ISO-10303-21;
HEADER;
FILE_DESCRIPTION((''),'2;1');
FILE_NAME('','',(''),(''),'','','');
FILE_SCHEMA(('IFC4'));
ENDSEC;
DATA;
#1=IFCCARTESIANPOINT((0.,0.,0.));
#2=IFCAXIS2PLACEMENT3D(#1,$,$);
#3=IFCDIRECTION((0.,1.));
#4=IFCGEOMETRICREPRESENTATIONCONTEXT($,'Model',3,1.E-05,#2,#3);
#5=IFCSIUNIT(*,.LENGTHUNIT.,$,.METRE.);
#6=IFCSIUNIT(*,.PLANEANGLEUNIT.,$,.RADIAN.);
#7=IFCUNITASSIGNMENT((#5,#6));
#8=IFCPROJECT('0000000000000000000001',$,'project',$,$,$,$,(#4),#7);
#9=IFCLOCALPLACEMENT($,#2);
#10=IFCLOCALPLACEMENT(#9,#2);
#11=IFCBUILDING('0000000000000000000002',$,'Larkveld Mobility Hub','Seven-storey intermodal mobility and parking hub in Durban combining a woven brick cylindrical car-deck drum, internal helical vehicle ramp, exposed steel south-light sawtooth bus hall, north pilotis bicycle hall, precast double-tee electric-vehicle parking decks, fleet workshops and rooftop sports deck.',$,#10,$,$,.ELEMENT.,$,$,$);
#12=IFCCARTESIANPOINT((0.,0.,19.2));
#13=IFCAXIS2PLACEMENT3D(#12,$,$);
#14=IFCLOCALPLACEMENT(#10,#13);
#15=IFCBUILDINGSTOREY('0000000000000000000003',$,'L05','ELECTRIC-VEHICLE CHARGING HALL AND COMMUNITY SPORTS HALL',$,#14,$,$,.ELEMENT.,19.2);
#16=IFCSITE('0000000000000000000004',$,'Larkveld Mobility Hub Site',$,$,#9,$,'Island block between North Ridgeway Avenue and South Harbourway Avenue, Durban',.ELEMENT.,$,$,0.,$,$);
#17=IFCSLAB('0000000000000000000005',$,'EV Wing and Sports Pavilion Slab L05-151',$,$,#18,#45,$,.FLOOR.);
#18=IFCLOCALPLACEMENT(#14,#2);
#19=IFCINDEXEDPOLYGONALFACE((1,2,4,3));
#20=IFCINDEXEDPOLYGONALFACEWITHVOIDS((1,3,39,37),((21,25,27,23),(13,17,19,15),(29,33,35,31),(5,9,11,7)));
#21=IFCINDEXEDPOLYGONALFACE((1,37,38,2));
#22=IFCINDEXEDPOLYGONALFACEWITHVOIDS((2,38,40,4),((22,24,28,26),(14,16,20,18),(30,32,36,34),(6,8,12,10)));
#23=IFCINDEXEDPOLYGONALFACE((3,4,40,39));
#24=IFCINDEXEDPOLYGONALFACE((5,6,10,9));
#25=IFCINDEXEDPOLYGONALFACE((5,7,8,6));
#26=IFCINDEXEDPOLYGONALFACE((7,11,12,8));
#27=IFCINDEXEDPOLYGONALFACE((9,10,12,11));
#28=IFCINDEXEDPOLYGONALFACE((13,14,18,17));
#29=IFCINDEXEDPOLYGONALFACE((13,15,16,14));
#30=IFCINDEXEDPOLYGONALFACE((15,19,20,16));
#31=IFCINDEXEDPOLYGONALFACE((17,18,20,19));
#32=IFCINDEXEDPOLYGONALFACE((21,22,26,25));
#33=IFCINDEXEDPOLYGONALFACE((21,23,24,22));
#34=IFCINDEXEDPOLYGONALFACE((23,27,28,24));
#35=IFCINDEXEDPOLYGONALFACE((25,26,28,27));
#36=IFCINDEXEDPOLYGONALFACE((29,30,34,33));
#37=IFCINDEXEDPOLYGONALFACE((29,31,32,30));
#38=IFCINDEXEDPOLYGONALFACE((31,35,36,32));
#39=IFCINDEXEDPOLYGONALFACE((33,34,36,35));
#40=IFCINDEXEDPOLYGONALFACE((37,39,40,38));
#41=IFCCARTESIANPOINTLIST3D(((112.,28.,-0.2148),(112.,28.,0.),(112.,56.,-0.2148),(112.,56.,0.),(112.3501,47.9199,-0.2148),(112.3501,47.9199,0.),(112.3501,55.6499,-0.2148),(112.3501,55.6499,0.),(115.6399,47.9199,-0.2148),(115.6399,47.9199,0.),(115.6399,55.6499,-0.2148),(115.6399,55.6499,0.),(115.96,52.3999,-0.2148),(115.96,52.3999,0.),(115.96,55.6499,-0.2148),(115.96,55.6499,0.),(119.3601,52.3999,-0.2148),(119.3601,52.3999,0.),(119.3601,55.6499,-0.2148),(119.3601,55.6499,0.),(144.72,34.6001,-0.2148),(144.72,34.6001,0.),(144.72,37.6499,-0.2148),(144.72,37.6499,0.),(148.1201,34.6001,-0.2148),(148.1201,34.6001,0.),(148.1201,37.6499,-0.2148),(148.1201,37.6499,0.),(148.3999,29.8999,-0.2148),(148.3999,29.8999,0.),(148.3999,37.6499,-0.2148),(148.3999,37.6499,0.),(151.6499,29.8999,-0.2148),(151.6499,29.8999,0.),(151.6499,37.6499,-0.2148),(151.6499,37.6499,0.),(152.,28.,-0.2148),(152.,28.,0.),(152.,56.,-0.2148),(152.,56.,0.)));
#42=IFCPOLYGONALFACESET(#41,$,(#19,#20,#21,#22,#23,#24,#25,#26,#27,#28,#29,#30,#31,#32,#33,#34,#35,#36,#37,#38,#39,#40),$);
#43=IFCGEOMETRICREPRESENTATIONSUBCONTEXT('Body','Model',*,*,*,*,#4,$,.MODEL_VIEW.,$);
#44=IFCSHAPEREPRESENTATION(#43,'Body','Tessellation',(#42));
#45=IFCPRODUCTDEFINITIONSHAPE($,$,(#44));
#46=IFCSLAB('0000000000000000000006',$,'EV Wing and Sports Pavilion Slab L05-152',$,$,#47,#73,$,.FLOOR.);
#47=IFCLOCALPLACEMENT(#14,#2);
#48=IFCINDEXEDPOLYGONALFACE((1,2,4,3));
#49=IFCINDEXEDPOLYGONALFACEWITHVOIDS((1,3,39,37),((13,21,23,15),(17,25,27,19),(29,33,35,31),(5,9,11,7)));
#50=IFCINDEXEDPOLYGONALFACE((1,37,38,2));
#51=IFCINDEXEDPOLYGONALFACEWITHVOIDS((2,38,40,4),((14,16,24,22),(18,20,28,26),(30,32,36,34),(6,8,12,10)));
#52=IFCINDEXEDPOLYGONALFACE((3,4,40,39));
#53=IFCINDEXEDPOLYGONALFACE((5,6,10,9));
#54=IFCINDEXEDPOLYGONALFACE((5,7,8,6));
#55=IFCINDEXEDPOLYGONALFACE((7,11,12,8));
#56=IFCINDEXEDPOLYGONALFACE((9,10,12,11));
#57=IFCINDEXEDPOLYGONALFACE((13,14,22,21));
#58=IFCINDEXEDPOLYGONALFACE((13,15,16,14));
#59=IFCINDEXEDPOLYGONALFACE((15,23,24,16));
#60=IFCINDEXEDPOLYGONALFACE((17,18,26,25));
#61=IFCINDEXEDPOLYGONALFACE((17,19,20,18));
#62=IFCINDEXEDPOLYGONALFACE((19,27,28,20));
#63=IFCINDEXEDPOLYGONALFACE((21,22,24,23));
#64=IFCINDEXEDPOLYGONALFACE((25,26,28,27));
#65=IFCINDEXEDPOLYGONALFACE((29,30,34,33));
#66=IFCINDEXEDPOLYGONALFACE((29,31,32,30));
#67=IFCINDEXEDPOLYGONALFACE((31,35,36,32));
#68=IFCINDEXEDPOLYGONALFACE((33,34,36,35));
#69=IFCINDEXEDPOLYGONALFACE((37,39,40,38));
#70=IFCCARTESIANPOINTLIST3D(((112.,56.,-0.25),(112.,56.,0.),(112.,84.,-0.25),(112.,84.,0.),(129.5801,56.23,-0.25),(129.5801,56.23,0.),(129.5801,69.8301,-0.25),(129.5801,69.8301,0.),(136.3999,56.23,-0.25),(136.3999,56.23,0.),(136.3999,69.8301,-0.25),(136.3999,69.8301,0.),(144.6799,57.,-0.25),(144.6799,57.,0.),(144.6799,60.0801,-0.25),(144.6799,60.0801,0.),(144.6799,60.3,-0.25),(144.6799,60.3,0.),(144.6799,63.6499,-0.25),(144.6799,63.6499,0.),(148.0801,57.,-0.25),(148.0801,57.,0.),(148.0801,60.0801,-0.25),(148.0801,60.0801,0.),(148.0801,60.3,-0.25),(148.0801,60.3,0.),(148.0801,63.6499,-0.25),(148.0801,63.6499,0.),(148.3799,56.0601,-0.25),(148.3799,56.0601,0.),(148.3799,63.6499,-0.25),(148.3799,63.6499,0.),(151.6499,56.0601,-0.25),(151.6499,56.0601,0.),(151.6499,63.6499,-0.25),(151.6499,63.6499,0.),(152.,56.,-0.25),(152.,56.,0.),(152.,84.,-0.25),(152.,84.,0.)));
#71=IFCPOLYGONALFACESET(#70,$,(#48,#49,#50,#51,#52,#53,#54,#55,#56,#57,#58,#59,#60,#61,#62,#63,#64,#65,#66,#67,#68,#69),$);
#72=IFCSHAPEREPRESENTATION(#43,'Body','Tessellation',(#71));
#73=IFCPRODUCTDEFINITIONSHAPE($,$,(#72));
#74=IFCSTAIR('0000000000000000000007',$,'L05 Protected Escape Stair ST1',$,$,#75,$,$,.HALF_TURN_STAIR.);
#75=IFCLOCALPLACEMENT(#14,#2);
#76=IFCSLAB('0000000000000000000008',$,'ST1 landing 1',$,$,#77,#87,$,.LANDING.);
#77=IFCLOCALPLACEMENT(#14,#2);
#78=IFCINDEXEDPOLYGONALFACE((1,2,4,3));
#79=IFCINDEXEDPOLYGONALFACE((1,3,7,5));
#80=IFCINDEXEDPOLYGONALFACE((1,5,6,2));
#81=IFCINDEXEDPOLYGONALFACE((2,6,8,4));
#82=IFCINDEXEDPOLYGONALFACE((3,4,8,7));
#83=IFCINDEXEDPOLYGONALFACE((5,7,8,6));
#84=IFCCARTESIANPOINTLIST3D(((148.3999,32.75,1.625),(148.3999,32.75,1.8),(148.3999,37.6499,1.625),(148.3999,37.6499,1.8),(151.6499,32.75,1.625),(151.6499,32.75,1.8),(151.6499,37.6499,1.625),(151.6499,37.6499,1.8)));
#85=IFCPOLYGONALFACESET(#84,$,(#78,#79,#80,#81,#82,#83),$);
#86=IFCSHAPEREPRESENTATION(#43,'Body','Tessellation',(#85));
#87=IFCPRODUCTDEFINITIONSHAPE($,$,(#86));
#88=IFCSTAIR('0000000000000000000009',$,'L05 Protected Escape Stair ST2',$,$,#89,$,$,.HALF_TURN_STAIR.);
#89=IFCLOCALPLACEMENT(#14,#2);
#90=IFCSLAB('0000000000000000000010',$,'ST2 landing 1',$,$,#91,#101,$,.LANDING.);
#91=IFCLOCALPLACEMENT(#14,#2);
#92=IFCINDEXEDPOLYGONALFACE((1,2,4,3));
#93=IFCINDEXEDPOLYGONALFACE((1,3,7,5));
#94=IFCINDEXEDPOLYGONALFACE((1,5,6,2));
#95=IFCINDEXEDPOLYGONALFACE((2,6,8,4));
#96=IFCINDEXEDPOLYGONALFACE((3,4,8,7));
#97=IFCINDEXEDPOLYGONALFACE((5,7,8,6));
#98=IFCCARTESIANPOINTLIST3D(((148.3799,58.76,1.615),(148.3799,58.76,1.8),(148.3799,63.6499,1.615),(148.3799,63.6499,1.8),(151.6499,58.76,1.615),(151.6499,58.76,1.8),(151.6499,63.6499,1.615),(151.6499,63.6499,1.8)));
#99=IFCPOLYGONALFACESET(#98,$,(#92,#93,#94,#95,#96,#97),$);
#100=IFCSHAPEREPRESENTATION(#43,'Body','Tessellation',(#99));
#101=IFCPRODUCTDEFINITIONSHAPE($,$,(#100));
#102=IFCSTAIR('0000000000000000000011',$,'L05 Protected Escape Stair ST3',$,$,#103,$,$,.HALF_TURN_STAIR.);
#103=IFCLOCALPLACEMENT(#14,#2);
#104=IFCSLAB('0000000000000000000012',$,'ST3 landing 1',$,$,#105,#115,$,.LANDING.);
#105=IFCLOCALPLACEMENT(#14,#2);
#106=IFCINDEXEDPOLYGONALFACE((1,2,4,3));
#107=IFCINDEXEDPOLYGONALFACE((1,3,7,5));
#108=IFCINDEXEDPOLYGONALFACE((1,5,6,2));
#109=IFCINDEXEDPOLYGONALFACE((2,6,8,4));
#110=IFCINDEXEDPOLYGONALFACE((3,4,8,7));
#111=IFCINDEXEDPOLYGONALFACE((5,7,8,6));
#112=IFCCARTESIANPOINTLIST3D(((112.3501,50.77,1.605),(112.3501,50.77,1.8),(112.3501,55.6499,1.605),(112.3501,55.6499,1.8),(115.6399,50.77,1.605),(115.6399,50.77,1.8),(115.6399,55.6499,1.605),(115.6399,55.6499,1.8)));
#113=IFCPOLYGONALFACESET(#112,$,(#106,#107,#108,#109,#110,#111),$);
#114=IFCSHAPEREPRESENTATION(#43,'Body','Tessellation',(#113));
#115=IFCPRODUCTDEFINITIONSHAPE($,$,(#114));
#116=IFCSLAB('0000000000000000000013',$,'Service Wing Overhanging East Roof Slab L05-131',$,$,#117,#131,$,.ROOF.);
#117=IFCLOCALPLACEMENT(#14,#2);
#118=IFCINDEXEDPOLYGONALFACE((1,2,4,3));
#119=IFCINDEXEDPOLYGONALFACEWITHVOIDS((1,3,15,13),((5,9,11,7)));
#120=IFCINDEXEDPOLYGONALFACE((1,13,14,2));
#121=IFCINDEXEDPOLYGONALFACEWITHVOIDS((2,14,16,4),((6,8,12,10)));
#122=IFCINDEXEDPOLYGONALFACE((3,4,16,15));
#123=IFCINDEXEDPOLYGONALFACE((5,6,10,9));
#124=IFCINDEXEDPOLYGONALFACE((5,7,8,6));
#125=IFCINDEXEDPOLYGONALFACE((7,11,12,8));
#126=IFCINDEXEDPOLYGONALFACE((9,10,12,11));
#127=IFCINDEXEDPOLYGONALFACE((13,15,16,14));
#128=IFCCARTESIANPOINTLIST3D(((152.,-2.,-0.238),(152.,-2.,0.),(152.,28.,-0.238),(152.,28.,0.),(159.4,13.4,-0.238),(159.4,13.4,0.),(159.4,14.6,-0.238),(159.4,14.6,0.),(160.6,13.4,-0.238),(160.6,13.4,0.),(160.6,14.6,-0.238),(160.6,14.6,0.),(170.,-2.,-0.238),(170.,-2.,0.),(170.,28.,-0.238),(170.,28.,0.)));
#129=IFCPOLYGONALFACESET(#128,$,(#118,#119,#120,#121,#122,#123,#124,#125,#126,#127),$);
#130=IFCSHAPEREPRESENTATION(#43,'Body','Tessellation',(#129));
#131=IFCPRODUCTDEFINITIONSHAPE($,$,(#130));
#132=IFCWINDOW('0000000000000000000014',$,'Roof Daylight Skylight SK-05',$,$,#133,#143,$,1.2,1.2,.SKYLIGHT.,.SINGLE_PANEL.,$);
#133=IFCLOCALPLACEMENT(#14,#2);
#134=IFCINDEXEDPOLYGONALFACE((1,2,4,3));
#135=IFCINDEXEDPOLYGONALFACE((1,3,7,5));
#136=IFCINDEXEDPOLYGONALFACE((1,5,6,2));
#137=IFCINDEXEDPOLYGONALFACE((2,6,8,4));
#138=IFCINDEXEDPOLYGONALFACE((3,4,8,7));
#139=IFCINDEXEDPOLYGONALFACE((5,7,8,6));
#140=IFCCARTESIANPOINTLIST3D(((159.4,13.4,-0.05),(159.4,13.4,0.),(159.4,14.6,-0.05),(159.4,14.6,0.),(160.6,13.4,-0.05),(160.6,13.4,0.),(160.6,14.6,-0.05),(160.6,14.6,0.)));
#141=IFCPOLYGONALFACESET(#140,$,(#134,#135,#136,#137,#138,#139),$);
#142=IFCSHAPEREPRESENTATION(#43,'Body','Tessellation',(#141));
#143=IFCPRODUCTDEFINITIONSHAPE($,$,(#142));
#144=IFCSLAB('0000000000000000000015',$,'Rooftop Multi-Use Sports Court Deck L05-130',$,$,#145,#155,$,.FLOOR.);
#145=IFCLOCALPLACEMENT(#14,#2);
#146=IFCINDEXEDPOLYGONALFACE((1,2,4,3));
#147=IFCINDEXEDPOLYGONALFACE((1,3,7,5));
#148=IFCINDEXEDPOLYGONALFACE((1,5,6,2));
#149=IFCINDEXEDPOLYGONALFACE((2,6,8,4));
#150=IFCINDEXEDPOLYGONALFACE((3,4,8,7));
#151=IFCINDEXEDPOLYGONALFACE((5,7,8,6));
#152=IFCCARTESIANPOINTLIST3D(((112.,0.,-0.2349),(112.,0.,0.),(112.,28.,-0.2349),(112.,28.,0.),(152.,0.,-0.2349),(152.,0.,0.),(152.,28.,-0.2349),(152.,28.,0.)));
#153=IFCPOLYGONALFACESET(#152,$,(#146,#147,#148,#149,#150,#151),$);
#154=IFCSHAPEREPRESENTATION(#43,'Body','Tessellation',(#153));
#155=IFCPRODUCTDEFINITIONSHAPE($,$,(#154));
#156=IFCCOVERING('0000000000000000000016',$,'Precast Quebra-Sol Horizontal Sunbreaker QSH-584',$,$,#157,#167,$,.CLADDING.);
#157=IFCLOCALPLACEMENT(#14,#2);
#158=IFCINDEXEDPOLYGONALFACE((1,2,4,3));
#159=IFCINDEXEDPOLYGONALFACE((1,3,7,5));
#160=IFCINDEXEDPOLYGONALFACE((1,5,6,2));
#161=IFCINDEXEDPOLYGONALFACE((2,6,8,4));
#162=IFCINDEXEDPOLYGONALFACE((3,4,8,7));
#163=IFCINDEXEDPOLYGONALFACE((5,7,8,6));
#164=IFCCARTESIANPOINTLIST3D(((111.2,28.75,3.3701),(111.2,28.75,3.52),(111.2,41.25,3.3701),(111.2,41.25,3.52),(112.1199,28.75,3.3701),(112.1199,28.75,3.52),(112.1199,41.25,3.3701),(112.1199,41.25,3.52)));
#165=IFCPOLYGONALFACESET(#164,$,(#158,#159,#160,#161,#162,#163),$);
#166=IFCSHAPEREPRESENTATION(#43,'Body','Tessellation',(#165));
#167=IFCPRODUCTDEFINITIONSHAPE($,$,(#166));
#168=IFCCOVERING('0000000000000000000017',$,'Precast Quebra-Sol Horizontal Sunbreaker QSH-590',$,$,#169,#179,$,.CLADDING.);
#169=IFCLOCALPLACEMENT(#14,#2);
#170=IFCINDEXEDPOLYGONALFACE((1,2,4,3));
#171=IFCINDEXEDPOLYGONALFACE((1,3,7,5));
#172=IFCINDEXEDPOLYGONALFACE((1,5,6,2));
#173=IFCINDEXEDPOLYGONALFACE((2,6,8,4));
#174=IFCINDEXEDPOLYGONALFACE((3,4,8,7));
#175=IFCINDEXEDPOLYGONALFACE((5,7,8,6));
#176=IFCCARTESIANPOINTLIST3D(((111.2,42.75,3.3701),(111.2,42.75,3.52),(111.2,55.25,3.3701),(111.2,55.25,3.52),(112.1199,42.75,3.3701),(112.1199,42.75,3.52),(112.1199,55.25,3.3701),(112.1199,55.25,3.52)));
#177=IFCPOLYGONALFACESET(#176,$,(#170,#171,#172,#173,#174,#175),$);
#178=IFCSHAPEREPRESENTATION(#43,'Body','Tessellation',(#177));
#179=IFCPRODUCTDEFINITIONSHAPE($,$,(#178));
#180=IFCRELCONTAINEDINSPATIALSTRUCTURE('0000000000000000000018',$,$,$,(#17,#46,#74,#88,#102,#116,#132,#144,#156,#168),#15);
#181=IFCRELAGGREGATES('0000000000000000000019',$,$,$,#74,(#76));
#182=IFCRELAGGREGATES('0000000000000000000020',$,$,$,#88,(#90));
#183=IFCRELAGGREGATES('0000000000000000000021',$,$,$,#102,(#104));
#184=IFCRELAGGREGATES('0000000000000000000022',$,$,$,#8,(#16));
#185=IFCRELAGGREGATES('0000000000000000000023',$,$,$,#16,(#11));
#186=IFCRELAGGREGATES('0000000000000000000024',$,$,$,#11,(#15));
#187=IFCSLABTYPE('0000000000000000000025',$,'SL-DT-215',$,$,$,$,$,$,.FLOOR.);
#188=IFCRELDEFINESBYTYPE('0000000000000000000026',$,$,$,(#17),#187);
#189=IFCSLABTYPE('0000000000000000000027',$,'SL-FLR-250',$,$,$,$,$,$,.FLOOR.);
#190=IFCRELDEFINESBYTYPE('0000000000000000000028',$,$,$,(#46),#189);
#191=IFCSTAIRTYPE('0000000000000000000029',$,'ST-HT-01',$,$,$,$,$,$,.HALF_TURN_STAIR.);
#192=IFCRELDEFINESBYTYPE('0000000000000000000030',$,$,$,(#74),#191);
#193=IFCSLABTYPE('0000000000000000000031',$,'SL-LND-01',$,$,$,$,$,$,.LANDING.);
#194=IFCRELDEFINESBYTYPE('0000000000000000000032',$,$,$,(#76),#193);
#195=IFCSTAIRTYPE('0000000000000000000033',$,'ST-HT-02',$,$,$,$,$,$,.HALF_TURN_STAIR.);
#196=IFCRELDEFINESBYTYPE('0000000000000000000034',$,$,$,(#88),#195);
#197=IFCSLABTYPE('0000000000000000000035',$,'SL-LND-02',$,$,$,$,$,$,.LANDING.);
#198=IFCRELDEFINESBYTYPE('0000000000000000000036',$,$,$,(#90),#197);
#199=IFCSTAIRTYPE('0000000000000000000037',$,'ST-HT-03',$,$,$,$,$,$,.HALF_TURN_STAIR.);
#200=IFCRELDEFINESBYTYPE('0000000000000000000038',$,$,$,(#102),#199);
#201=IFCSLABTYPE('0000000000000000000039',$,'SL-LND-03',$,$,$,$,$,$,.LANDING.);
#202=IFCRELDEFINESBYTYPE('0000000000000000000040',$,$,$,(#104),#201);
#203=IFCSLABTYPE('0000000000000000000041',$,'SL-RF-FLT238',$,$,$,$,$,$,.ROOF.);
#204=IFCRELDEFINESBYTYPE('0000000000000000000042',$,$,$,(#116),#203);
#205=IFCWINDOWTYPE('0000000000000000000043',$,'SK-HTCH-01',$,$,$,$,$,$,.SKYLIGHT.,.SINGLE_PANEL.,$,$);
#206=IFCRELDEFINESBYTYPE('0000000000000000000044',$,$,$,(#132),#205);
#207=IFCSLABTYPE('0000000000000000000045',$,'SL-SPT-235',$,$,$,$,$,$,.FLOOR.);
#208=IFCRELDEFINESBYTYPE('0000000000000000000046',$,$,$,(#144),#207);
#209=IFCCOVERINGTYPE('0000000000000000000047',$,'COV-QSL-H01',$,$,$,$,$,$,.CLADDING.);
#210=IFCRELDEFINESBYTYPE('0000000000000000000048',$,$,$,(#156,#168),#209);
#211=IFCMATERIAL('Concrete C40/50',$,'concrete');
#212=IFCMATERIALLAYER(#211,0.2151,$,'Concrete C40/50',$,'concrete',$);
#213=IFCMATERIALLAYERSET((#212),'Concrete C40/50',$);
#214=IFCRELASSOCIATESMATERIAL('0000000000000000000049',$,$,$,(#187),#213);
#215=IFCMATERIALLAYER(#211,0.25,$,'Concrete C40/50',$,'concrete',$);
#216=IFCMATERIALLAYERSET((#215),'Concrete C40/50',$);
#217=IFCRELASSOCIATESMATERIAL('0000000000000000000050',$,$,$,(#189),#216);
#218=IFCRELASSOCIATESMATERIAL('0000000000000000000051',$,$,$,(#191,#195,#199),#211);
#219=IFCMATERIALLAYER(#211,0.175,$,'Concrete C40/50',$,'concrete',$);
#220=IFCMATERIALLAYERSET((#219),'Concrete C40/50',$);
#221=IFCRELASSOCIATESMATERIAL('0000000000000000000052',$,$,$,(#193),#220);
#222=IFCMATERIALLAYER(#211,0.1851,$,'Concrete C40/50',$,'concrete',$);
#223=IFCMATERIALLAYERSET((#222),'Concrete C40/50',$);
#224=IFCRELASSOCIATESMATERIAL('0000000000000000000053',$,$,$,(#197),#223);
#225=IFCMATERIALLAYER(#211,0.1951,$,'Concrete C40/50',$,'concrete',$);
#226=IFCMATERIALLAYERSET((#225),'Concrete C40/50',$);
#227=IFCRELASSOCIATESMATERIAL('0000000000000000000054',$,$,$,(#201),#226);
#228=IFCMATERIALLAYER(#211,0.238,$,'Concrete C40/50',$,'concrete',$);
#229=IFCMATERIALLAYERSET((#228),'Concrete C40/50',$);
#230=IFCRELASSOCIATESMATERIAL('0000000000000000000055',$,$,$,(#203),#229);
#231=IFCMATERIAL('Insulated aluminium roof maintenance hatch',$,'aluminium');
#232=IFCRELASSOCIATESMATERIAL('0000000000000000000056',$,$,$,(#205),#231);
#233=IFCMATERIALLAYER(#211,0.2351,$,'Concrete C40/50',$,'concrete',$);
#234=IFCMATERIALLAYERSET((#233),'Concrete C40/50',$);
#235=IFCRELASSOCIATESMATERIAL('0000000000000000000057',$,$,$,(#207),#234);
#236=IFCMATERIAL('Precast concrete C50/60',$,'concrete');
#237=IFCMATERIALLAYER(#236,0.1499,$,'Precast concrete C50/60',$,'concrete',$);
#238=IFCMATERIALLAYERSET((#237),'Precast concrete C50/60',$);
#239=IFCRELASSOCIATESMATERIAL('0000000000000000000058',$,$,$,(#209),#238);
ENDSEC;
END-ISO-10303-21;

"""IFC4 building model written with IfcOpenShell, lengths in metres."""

from ifc_helpers import new_model, si_unit, direction, frame, origin, origin_2d, place, context, subcontext, project, spatial, polyline, rectangle, outline, extrude, material, layer, layer_set, type_object, element, fill, aggregate, save


model = new_model("IFC4")

# Units and contexts
model_context = context("Model", 3, precision=1e-05, world=origin(), true_north=direction((0.0, 1.0)))
body_context = subcontext(model_context, "Body", "Model", "MODEL_VIEW")
ifc_project = project(units=[si_unit("LENGTHUNIT", "METRE"), si_unit("PLANEANGLEUNIT", "RADIAN")], contexts=[model_context])

# Site, building, storey
site_placement = place(None, origin())
site = spatial("IfcSite", under=ifc_project, at=site_placement, Name="Larkveld Mobility Hub Site", LongName="Island block between North Ridgeway Avenue and South Harbourway Avenue, Durban", CompositionType="ELEMENT", RefElevation=0.0)
building_placement = place(site_placement, origin())
building = spatial("IfcBuilding", under=site, at=building_placement, Name="Larkveld Mobility Hub", Description="Seven-storey intermodal mobility and parking hub in Durban combining a woven brick cylindrical car-deck drum, internal helical vehicle ramp, exposed steel south-light sawtooth bus hall, north pilotis bicycle hall, precast double-tee electric-vehicle parking decks, fleet workshops and rooftop sports deck.", CompositionType="ELEMENT")
storey_placement = place(building_placement, frame((0.0, 0.0, 19.2)))
storey = spatial("IfcBuildingStorey", under=building, at=storey_placement, Name="L05", Description="ELECTRIC-VEHICLE CHARGING HALL AND COMMUNITY SPORTS HALL", CompositionType="ELEMENT", Elevation=19.2)

# Slabs
ifc_material_1 = material(Name="Concrete C40/50", Category="concrete")
ifc_layer_1 = layer(ifc_material_1, 0.2151, Name="Concrete C40/50", Category="concrete")
ifc_layer_set_1 = layer_set([ifc_layer_1], Name="Concrete C40/50")
slab_type_1 = type_object("IfcSlabType", Name="SL-DT-215", PredefinedType="FLOOR", material=ifc_layer_set_1)
slab_1_placement = place(storey_placement, frame((0.0, 0.0, -0.2148)))
element("IfcSlab", 1, at=slab_1_placement, inside=storey, type_object=slab_type_1, Name="EV Wing and Sports Pavilion Slab L05-151", PredefinedType="FLOOR", context=body_context, shape_type="SweptSolid", body=[
    extrude(outline(polyline([(112.0, 28.0), (152.0, 28.0), (152.0, 56.0), (112.0, 56.0), (112.0, 28.0)]), holes=[polyline([(148.3999, 29.8999), (148.3999, 37.6499), (151.6499, 37.6499), (151.6499, 29.8999), (148.3999, 29.8999)]), polyline([(144.72, 34.6001), (144.72, 37.6499), (148.1201, 37.6499), (148.1201, 34.6001), (144.72, 34.6001)]), polyline([(112.3501, 47.9199), (112.3501, 55.6499), (115.6399, 55.6499), (115.6399, 47.9199), (112.3501, 47.9199)]), polyline([(115.96, 52.3999), (115.96, 55.6499), (119.3601, 55.6499), (119.3601, 52.3999), (115.96, 52.3999)])]), origin(), (0.0, 0.0, 1.0), 0.2148),
])
ifc_layer_2 = layer(ifc_material_1, 0.25, Name="Concrete C40/50", Category="concrete")
ifc_layer_set_2 = layer_set([ifc_layer_2], Name="Concrete C40/50")
slab_type_2 = type_object("IfcSlabType", Name="SL-FLR-250", PredefinedType="FLOOR", material=ifc_layer_set_2)
slab_2_placement = place(storey_placement, frame((0.0, 0.0, -0.25)))
element("IfcSlab", 2, at=slab_2_placement, inside=storey, type_object=slab_type_2, Name="EV Wing and Sports Pavilion Slab L05-152", PredefinedType="FLOOR", context=body_context, shape_type="SweptSolid", body=[
    extrude(outline(polyline([(112.0, 56.0), (152.0, 56.0), (152.0, 84.0), (112.0, 84.0), (112.0, 56.0)]), holes=[polyline([(148.3799, 56.0601), (148.3799, 63.6499), (151.6499, 63.6499), (151.6499, 56.0601), (148.3799, 56.0601)]), polyline([(144.6799, 60.3), (144.6799, 63.6499), (148.0801, 63.6499), (148.0801, 60.3), (144.6799, 60.3)]), polyline([(144.6799, 57.0), (144.6799, 60.0801), (148.0801, 60.0801), (148.0801, 57.0), (144.6799, 57.0)]), polyline([(129.5801, 56.23), (129.5801, 69.8301), (136.3999, 69.8301), (136.3999, 56.23), (129.5801, 56.23)])]), origin(), (0.0, 0.0, 1.0), 0.25),
])

# Stairs, slabs
stair_type_1 = type_object("IfcStairType", Name="ST-HT-01", PredefinedType="HALF_TURN_STAIR", material=ifc_material_1)
stair_1_placement = place(storey_placement, origin())
stair_1 = element("IfcStair", 3, at=stair_1_placement, inside=storey, type_object=stair_type_1, Name="L05 Protected Escape Stair ST1", PredefinedType="HALF_TURN_STAIR")
ifc_layer_3 = layer(ifc_material_1, 0.175, Name="Concrete C40/50", Category="concrete")
ifc_layer_set_3 = layer_set([ifc_layer_3], Name="Concrete C40/50")
slab_type_3 = type_object("IfcSlabType", Name="SL-LND-01", PredefinedType="LANDING", material=ifc_layer_set_3)
slab_3_placement = place(storey_placement, frame((0.0, 0.0, 1.625)))
slab_3 = element("IfcSlab", 4, at=slab_3_placement, type_object=slab_type_3, Name="ST1 landing 1", PredefinedType="LANDING", context=body_context, shape_type="SweptSolid", body=[
    extrude(outline(polyline([(151.6499, 32.75), (151.6499, 37.6499), (148.3999, 37.6499), (148.3999, 32.75), (151.6499, 32.75)])), origin(), (0.0, 0.0, 1.0), 0.175),
])
aggregate(stair_1, [slab_3])
stair_type_2 = type_object("IfcStairType", Name="ST-HT-02", PredefinedType="HALF_TURN_STAIR", material=ifc_material_1)
stair_2_placement = place(storey_placement, origin())
stair_2 = element("IfcStair", 5, at=stair_2_placement, inside=storey, type_object=stair_type_2, Name="L05 Protected Escape Stair ST2", PredefinedType="HALF_TURN_STAIR")
ifc_layer_4 = layer(ifc_material_1, 0.1851, Name="Concrete C40/50", Category="concrete")
ifc_layer_set_4 = layer_set([ifc_layer_4], Name="Concrete C40/50")
slab_type_4 = type_object("IfcSlabType", Name="SL-LND-02", PredefinedType="LANDING", material=ifc_layer_set_4)
slab_4_placement = place(storey_placement, frame((0.0, 0.0, 1.615)))
slab_4 = element("IfcSlab", 6, at=slab_4_placement, type_object=slab_type_4, Name="ST2 landing 1", PredefinedType="LANDING", context=body_context, shape_type="SweptSolid", body=[
    extrude(outline(polyline([(151.6499, 58.76), (151.6499, 63.6499), (148.3799, 63.6499), (148.3799, 58.76), (151.6499, 58.76)])), origin(), (0.0, 0.0, 1.0), 0.1851),
])
aggregate(stair_2, [slab_4])
stair_type_3 = type_object("IfcStairType", Name="ST-HT-03", PredefinedType="HALF_TURN_STAIR", material=ifc_material_1)
stair_3_placement = place(storey_placement, origin())
stair_3 = element("IfcStair", 7, at=stair_3_placement, inside=storey, type_object=stair_type_3, Name="L05 Protected Escape Stair ST3", PredefinedType="HALF_TURN_STAIR")
ifc_layer_5 = layer(ifc_material_1, 0.1951, Name="Concrete C40/50", Category="concrete")
ifc_layer_set_5 = layer_set([ifc_layer_5], Name="Concrete C40/50")
slab_type_5 = type_object("IfcSlabType", Name="SL-LND-03", PredefinedType="LANDING", material=ifc_layer_set_5)
slab_5_placement = place(storey_placement, frame((0.0, 0.0, 1.605)))
slab_5 = element("IfcSlab", 8, at=slab_5_placement, type_object=slab_type_5, Name="ST3 landing 1", PredefinedType="LANDING", context=body_context, shape_type="SweptSolid", body=[
    extrude(outline(polyline([(115.6399, 50.77), (115.6399, 55.6499), (112.3501, 55.6499), (112.3501, 50.77), (115.6399, 50.77)])), origin(), (0.0, 0.0, 1.0), 0.1951),
])
aggregate(stair_3, [slab_5])

# Slab, opening, window
ifc_layer_6 = layer(ifc_material_1, 0.238, Name="Concrete C40/50", Category="concrete")
ifc_layer_set_6 = layer_set([ifc_layer_6], Name="Concrete C40/50")
slab_type_6 = type_object("IfcSlabType", Name="SL-RF-FLT238", PredefinedType="ROOF", material=ifc_layer_set_6)
slab_6_placement = place(storey_placement, frame((0.0, 0.0, -0.238)))
slab_6 = element("IfcSlab", 9, at=slab_6_placement, inside=storey, type_object=slab_type_6, Name="Service Wing Overhanging East Roof Slab L05-131", PredefinedType="ROOF", context=body_context, shape_type="SweptSolid", body=[
    extrude(outline(polyline([(152.0, -2.0), (170.0, -2.0), (170.0, 28.0), (152.0, 28.0), (152.0, -2.0)])), origin(), (0.0, 0.0, 1.0), 0.238),
])
opening_placement = place(slab_6_placement, frame((160.0, 14.0, 0.0)))
opening = element("IfcOpeningElement", 10, at=opening_placement, cuts=slab_6, PredefinedType="OPENING", context=body_context, shape_type="SweptSolid", body=[
    extrude(rectangle(XDim=1.2, YDim=1.2, at=origin_2d()), frame((0.0, 0.0, -0.01)), (0.0, 0.0, 1.0), 0.2581),
])
ifc_material_2 = material(Name="Insulated aluminium roof maintenance hatch", Category="aluminium")
window_type = type_object("IfcWindowType", Name="SK-HTCH-01", PartitioningType="SINGLE_PANEL", PredefinedType="SKYLIGHT", material=ifc_material_2)
window_placement = place(opening_placement, frame((0.0, 0.0, 0.188)))
window = element("IfcWindow", 11, at=window_placement, inside=storey, type_object=window_type, Name="Roof Daylight Skylight SK-05", OverallHeight=1.2, OverallWidth=1.2, PartitioningType="SINGLE_PANEL", PredefinedType="SKYLIGHT", context=body_context, shape_type="SweptSolid", body=[
    extrude(rectangle(XDim=1.2, YDim=1.2, at=origin_2d()), origin(), (0.0, 0.0, 1.0), 0.05),
])
fill(opening, window)

# Slab
ifc_layer_7 = layer(ifc_material_1, 0.2351, Name="Concrete C40/50", Category="concrete")
ifc_layer_set_7 = layer_set([ifc_layer_7], Name="Concrete C40/50")
slab_type_7 = type_object("IfcSlabType", Name="SL-SPT-235", PredefinedType="FLOOR", material=ifc_layer_set_7)
slab_7_placement = place(storey_placement, frame((0.0, 0.0, -0.2349)))
element("IfcSlab", 12, at=slab_7_placement, inside=storey, type_object=slab_type_7, Name="Rooftop Multi-Use Sports Court Deck L05-130", PredefinedType="FLOOR", context=body_context, shape_type="SweptSolid", body=[
    extrude(outline(polyline([(112.0, 0.0), (152.0, 0.0), (152.0, 28.0), (112.0, 28.0), (112.0, 0.0)])), origin(), (0.0, 0.0, 1.0), 0.2349),
])

# Coverings
ifc_material_3 = material(Name="Precast concrete C50/60", Category="concrete")
ifc_layer_8 = layer(ifc_material_3, 0.1499, Name="Precast concrete C50/60", Category="concrete")
ifc_layer_set_8 = layer_set([ifc_layer_8], Name="Precast concrete C50/60")
covering_type_1 = type_object("IfcCoveringType", Name="COV-QSL-H01", PredefinedType="CLADDING", material=ifc_layer_set_8)
for number, where, z_axis, x_axis, name in (
    (13, (111.6599, 35.0, 3.3701), (0.0, 0.0, 1.0), (0.0, -1.0, 0.0), "Precast Quebra-Sol Horizontal Sunbreaker QSH-584"),
    (14, (111.6599, 49.0, 3.3701), (0.0, 0.0, 1.0), (0.0, -1.0, 0.0), "Precast Quebra-Sol Horizontal Sunbreaker QSH-590"),
):
    element("IfcCovering", number, at=place(storey_placement, frame(where, z_axis=z_axis, x_axis=x_axis)), inside=storey, type_object=covering_type_1, Name=name, PredefinedType="CLADDING", context=body_context, shape_type="SweptSolid", body=[
        extrude(rectangle(XDim=12.5, YDim=0.9199, at=origin_2d()), origin(), (0.0, 0.0, 1.0), 0.1499),
    ])

save(model, "model.ifc")
